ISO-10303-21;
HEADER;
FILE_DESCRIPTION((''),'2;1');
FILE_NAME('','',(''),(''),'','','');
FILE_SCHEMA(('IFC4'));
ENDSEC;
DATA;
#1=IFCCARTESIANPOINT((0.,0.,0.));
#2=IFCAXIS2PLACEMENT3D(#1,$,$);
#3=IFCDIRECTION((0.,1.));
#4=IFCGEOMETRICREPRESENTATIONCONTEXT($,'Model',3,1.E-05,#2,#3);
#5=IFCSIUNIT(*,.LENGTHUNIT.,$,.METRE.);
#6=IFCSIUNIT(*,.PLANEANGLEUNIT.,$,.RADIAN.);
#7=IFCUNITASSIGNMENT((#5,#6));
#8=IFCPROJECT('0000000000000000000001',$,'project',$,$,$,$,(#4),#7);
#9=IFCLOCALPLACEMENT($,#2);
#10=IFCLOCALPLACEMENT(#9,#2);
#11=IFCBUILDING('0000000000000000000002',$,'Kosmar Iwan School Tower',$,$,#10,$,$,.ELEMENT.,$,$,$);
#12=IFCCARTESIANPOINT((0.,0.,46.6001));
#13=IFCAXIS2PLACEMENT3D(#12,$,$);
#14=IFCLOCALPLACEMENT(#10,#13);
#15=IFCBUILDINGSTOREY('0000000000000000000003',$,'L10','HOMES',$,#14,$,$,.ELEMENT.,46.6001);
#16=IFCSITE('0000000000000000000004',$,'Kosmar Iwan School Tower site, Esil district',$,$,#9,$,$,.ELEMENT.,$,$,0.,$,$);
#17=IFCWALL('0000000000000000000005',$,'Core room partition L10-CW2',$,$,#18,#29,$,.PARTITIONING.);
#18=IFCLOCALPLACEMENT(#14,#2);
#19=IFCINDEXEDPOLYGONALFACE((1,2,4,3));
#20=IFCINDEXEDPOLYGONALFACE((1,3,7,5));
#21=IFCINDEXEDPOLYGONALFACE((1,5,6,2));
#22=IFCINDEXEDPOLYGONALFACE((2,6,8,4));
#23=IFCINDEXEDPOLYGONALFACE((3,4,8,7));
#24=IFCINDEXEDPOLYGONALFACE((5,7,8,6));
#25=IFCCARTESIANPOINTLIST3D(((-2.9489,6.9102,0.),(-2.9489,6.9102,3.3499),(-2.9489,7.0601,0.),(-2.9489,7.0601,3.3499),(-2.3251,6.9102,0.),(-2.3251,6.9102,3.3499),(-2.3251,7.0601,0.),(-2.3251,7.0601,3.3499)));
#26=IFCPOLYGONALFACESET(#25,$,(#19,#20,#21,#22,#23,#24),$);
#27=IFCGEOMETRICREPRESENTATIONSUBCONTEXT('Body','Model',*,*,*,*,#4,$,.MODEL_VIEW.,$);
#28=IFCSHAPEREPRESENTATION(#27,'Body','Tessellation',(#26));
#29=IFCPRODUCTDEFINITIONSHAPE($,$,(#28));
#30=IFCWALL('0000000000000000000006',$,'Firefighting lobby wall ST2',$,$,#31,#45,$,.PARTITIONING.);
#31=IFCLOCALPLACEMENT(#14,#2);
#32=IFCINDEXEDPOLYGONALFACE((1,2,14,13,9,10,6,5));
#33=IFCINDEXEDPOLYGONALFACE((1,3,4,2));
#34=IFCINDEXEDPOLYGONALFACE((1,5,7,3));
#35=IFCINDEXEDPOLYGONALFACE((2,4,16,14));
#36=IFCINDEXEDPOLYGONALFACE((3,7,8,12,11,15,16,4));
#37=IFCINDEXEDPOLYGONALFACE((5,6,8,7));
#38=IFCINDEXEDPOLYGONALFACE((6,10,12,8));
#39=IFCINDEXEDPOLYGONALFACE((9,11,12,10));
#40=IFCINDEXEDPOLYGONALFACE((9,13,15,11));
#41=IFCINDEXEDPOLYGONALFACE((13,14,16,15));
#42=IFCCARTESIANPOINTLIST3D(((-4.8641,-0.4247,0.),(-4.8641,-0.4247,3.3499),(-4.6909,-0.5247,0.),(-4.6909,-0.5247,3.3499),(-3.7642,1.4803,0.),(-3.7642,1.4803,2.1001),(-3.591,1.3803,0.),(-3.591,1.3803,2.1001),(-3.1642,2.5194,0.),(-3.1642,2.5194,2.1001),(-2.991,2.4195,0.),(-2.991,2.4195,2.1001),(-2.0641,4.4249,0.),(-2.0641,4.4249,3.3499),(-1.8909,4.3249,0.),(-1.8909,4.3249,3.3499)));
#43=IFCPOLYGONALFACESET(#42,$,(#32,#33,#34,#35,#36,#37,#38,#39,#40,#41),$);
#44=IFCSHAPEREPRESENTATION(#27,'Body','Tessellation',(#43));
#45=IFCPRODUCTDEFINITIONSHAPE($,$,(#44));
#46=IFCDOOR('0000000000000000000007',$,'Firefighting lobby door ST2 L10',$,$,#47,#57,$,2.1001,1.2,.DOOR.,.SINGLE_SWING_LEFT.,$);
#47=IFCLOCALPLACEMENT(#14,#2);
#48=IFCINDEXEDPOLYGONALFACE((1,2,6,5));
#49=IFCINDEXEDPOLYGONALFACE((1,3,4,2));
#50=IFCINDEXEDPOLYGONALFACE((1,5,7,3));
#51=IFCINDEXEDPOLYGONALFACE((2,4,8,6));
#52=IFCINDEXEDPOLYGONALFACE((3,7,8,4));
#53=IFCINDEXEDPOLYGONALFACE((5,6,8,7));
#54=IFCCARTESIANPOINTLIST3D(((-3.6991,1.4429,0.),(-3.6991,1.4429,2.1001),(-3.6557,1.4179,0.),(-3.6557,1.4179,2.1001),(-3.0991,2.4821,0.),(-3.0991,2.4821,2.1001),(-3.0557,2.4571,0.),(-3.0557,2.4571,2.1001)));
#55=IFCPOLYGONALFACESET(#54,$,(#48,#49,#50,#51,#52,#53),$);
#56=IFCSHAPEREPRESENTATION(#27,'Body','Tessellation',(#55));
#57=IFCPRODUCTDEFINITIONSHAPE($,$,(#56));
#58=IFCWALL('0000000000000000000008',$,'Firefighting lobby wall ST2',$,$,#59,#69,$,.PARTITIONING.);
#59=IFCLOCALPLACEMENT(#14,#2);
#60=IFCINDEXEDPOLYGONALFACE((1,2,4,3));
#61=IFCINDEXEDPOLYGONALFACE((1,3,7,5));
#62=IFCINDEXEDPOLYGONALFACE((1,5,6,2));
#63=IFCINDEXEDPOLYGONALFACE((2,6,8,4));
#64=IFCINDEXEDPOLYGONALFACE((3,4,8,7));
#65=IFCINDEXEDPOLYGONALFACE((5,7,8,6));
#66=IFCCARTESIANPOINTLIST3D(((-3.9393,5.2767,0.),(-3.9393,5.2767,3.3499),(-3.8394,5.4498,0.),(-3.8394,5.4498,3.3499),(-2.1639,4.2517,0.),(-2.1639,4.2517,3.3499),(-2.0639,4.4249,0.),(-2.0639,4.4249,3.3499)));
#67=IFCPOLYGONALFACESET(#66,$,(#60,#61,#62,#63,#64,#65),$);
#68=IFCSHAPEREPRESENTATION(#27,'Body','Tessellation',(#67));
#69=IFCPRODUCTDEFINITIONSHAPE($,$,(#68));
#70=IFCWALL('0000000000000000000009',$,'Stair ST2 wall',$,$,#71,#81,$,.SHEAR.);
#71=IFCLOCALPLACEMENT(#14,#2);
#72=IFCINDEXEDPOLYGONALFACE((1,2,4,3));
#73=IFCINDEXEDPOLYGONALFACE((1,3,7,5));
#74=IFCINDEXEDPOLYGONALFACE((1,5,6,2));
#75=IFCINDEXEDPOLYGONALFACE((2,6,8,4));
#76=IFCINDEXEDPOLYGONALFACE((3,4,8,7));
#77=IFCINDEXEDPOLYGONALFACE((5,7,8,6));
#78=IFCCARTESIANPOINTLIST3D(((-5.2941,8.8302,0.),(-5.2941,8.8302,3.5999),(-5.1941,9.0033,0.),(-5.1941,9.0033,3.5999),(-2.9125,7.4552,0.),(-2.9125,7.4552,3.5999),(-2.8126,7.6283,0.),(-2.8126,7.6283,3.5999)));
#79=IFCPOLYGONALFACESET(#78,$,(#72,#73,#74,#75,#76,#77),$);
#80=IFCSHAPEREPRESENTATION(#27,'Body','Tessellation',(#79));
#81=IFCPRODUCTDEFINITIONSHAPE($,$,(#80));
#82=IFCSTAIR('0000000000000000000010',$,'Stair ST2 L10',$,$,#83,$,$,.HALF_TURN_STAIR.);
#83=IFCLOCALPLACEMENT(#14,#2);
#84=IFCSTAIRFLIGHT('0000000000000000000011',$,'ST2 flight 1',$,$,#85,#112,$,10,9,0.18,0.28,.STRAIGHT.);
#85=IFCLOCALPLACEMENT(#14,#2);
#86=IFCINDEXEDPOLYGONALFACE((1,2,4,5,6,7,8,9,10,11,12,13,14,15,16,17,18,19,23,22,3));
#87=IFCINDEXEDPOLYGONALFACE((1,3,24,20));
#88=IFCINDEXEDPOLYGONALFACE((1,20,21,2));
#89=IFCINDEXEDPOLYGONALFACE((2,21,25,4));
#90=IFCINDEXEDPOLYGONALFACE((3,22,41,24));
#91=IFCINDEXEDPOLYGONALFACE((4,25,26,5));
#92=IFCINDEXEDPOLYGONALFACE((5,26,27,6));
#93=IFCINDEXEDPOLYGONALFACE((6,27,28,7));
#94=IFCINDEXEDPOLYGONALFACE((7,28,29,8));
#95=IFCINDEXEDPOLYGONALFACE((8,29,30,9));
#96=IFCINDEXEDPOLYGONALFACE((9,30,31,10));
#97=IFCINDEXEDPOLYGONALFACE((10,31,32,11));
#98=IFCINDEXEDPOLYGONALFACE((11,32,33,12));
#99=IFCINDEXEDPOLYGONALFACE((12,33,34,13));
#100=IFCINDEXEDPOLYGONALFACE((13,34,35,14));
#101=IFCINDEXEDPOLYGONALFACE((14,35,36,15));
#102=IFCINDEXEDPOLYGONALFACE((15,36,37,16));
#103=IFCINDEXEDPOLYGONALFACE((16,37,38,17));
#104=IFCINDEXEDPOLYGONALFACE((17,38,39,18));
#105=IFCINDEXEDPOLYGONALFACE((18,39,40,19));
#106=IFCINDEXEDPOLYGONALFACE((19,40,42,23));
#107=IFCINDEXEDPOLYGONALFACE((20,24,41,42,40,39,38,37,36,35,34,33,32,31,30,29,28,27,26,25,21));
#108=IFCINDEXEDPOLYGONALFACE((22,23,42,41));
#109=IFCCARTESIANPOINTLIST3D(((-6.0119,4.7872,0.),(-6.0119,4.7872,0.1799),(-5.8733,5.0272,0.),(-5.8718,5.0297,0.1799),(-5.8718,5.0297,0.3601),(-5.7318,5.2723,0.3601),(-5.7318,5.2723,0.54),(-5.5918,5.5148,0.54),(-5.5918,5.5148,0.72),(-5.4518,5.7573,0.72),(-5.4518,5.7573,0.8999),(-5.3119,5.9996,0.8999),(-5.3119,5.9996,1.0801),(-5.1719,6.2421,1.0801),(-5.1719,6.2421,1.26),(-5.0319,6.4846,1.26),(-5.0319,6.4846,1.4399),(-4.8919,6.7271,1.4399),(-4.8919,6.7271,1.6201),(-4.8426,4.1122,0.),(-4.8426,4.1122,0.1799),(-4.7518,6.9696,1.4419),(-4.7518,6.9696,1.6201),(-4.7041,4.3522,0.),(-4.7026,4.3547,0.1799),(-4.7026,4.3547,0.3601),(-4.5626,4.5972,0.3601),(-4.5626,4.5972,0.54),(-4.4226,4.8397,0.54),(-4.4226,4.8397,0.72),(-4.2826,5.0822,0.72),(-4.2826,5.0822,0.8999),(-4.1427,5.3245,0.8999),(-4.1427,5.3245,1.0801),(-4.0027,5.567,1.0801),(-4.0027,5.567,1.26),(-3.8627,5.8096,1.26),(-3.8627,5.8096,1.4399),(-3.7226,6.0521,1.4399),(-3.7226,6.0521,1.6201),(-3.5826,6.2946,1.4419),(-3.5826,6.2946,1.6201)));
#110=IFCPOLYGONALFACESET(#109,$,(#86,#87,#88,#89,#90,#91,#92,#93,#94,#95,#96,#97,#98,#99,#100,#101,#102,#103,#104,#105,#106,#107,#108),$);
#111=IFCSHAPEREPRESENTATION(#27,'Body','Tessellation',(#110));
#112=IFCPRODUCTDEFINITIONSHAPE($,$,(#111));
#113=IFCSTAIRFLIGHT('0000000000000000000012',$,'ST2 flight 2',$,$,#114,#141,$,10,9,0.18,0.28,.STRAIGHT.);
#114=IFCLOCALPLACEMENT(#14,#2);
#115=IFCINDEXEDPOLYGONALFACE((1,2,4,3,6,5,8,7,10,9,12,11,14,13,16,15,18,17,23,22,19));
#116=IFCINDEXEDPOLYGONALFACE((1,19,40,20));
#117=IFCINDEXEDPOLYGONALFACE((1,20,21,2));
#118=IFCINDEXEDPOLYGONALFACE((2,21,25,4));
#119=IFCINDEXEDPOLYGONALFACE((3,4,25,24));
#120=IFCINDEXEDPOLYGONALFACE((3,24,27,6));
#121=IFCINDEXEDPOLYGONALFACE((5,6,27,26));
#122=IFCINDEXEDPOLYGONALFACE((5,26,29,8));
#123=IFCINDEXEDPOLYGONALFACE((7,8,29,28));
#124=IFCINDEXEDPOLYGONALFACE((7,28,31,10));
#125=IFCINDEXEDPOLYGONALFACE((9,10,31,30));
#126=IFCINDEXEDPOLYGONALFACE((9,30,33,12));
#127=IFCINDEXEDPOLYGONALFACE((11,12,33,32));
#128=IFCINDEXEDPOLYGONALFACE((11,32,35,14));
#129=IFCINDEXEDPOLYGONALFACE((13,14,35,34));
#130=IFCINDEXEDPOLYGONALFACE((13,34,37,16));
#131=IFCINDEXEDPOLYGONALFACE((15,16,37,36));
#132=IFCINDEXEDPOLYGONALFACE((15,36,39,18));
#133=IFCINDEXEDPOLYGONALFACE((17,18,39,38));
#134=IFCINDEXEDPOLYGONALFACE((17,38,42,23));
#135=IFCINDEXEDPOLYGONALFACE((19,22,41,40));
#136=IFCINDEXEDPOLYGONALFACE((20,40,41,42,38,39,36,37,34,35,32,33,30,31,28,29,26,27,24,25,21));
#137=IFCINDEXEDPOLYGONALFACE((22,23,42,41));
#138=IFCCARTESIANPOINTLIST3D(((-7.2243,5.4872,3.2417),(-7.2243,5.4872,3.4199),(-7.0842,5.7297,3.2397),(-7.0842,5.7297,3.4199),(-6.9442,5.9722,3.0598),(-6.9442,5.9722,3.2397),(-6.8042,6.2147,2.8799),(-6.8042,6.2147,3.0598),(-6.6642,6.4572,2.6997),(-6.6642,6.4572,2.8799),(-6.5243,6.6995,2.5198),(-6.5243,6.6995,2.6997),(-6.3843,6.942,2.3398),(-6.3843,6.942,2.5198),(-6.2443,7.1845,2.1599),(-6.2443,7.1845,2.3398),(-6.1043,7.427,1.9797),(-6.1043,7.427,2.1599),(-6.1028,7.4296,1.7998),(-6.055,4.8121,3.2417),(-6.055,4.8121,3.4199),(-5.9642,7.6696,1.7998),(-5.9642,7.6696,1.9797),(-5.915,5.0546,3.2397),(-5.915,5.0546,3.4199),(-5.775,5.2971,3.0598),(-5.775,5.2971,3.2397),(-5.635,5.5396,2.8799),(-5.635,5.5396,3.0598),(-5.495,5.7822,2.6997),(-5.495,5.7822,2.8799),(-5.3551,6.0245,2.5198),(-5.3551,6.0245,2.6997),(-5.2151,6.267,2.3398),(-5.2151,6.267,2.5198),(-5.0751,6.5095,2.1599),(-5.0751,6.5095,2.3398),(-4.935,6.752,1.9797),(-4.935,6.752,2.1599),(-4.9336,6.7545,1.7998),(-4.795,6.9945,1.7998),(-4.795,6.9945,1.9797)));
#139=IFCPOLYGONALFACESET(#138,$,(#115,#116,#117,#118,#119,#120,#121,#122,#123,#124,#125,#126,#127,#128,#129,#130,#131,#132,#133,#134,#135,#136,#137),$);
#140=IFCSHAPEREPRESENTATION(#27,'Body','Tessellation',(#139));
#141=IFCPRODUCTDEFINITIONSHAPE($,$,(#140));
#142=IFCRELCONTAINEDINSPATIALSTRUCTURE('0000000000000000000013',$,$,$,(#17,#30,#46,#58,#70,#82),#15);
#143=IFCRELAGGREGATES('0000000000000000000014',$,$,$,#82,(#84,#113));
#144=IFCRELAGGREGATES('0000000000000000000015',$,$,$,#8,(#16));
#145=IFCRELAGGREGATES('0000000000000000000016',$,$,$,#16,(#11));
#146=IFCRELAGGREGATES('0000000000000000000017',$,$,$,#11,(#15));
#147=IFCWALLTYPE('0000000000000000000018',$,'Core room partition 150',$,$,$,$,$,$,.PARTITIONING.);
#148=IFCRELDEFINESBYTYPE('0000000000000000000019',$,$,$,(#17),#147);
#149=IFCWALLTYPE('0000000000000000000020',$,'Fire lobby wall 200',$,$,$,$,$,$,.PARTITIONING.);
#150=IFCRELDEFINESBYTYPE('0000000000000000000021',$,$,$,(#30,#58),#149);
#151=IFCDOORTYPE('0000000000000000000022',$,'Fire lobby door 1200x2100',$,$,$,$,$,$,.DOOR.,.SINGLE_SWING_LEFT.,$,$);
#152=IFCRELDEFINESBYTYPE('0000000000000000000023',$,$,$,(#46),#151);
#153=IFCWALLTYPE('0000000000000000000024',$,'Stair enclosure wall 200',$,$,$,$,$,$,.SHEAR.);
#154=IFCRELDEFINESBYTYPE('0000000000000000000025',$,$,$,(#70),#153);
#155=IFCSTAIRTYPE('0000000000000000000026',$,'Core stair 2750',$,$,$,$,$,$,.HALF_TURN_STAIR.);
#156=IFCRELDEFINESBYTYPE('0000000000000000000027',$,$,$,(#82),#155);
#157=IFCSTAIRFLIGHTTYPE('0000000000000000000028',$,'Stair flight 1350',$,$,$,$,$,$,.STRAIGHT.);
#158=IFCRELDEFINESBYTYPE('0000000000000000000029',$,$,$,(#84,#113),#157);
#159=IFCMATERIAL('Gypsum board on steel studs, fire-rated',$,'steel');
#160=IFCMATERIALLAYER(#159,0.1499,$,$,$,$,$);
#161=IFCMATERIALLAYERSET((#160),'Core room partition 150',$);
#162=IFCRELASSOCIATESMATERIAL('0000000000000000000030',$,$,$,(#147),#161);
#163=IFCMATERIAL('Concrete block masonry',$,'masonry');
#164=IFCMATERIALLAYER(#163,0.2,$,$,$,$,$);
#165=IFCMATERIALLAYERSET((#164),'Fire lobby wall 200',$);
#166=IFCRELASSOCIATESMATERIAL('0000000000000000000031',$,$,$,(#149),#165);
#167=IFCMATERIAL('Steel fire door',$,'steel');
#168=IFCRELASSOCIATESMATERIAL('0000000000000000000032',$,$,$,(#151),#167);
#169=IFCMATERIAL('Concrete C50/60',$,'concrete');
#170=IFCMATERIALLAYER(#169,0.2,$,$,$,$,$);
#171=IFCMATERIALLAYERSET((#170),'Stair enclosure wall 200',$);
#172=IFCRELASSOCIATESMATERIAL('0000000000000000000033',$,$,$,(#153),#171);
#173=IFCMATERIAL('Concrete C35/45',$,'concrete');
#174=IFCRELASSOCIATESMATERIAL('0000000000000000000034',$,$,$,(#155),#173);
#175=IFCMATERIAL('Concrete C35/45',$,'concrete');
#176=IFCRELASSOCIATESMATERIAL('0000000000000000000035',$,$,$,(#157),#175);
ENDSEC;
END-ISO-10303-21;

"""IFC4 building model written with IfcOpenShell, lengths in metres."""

from ifc_helpers import new_model, si_unit, direction, frame, frame_2d, origin, place, context, subcontext, project, spatial, polyline, rectangle, outline, extrude, material, layer, layer_set, type_object, element, fill, aggregate, save


model = new_model("IFC4")

# Units and contexts
model_context = context("Model", 3, precision=1e-05, world=origin(), true_north=direction((0.0, 1.0)))
body_context = subcontext(model_context, "Body", "Model", "MODEL_VIEW")
ifc_project = project(units=[si_unit("LENGTHUNIT", "METRE"), si_unit("PLANEANGLEUNIT", "RADIAN")], contexts=[model_context])

# Site, building, storey
site_placement = place(None, origin())
site = spatial("IfcSite", under=ifc_project, at=site_placement, Name="Kosmar Iwan School Tower site, Esil district", CompositionType="ELEMENT", RefElevation=0.0)
building_placement = place(site_placement, origin())
building = spatial("IfcBuilding", under=site, at=building_placement, Name="Kosmar Iwan School Tower", CompositionType="ELEMENT")
storey_placement = place(building_placement, frame((0.0, 0.0, 46.6001)))
storey = spatial("IfcBuildingStorey", under=building, at=storey_placement, Name="L10", Description="HOMES", CompositionType="ELEMENT", Elevation=46.6001)

# Wall
ifc_material_1 = material(Name="Gypsum board on steel studs, fire-rated", Category="steel")
ifc_layer_1 = layer(ifc_material_1, 0.1499)
ifc_layer_set_1 = layer_set([ifc_layer_1], Name="Core room partition 150")
wall_type_1 = type_object("IfcWallType", Name="Core room partition 150", PredefinedType="PARTITIONING", material=ifc_layer_set_1)
wall_1_placement = place(storey_placement, frame((-2.325, 6.9851, 0.0), z_axis=(0.0, 0.0, 1.0), x_axis=(-1.0, 0.0, 0.0)))
element("IfcWall", 1, at=wall_1_placement, inside=storey, type_object=wall_type_1, Name="Core room partition L10-CW2", PredefinedType="PARTITIONING", context=body_context, shape_type="SweptSolid", body=[
    extrude(rectangle(XDim=0.6238, YDim=0.1499, at=frame_2d((0.312, 0.0))), origin(), (0.0, 0.0, 1.0), 3.3499),
])

# Wall, opening, door
ifc_material_2 = material(Name="Concrete block masonry", Category="masonry")
ifc_layer_2 = layer(ifc_material_2, 0.2)
ifc_layer_set_2 = layer_set([ifc_layer_2], Name="Fire lobby wall 200")
wall_type_2 = type_object("IfcWallType", Name="Fire lobby wall 200", PredefinedType="PARTITIONING", material=ifc_layer_set_2)
wall_2_placement = place(storey_placement, frame((-1.9775, 4.3748, 0.0), z_axis=(0.0, 0.0, 1.0), x_axis=(-0.500017, -0.866016, 0.0)))
wall_2 = element("IfcWall", 2, at=wall_2_placement, inside=storey, type_object=wall_type_2, Name="Firefighting lobby wall ST2", PredefinedType="PARTITIONING", context=body_context, shape_type="SweptSolid", body=[
    extrude(rectangle(XDim=5.5999, YDim=0.2, at=frame_2d((2.7998, 0.0))), origin(), (0.0, 0.0, 1.0), 3.3499),
])
opening_placement = place(wall_2_placement, frame((2.2, 0.0, 0.0)))
opening = element("IfcOpeningElement", 3, at=opening_placement, cuts=wall_2, PredefinedType="OPENING", context=body_context, shape_type="SweptSolid", body=[
    extrude(rectangle(XDim=1.2, YDim=2.1001, at=frame_2d((0.6001, 1.05))), frame((0.0, 0.1121, 0.0), z_axis=(0.0, -1.0, 0.0), x_axis=(1.0, 0.0, 0.0)), (0.0, 0.0, 1.0), 0.2239),
])
ifc_material_3 = material(Name="Steel fire door", Category="steel")
door_type = type_object("IfcDoorType", Name="Fire lobby door 1200x2100", OperationType="SINGLE_SWING_LEFT", PredefinedType="DOOR", material=ifc_material_3)
door_placement = place(opening_placement, frame((1.2, 0.0, 0.0), z_axis=(0.0, 0.0, 1.0), x_axis=(-1.0, 0.0, 0.0)))
door = element("IfcDoor", 4, at=door_placement, inside=storey, type_object=door_type, Name="Firefighting lobby door ST2 L10", OperationType="SINGLE_SWING_LEFT", OverallHeight=2.1001, OverallWidth=1.2, PredefinedType="DOOR", context=body_context, shape_type="SweptSolid", body=[
    extrude(rectangle(XDim=1.2, YDim=2.1001, at=frame_2d((0.6001, 1.05))), frame((0.0, 0.0249, 0.0), z_axis=(0.0, -1.0, 0.0), x_axis=(1.0, 0.0, 0.0)), (0.0, 0.0, 1.0), 0.05),
])
fill(opening, door)

# Walls
wall_3_placement = place(storey_placement, frame((-2.114, 4.3384, 0.0), z_axis=(0.0, 0.0, 1.0), x_axis=(-0.866051, 0.499956, 0.0)))
element("IfcWall", 5, at=wall_3_placement, inside=storey, type_object=wall_type_2, Name="Firefighting lobby wall ST2", PredefinedType="PARTITIONING", context=body_context, shape_type="SweptSolid", body=[
    extrude(rectangle(XDim=2.05, YDim=0.2, at=frame_2d((1.0249, 0.0))), origin(), (0.0, 0.0, 1.0), 3.3499),
])
ifc_material_4 = material(Name="Concrete C50/60", Category="concrete")
ifc_layer_3 = layer(ifc_material_4, 0.2)
ifc_layer_set_3 = layer_set([ifc_layer_3], Name="Stair enclosure wall 200")
wall_type_3 = type_object("IfcWallType", Name="Stair enclosure wall 200", PredefinedType="SHEAR", material=ifc_layer_set_3)
wall_4_placement = place(storey_placement, frame((-2.8625, 7.5417, 0.0), z_axis=(0.0, 0.0, 1.0), x_axis=(-0.866027, 0.499997, 0.0)))
element("IfcWall", 6, at=wall_4_placement, inside=storey, type_object=wall_type_3, Name="Stair ST2 wall", PredefinedType="SHEAR", context=body_context, shape_type="SweptSolid", body=[
    extrude(rectangle(XDim=2.75, YDim=0.2, at=frame_2d((1.375, 0.0))), origin(), (0.0, 0.0, 1.0), 3.5999),
])

# Stair, stair flights
ifc_material_5 = material(Name="Concrete C35/45", Category="concrete")
stair_type = type_object("IfcStairType", Name="Core stair 2750", PredefinedType="HALF_TURN_STAIR", material=ifc_material_5)
stair_placement = place(storey_placement, origin())
stair = element("IfcStair", 7, at=stair_placement, inside=storey, type_object=stair_type, Name="Stair ST2 L10", PredefinedType="HALF_TURN_STAIR")
ifc_material_6 = material(Name="Concrete C35/45", Category="concrete")
stair_flight_type = type_object("IfcStairFlightType", Name="Stair flight 1350", PredefinedType="STRAIGHT", material=ifc_material_6)
stair_flight_1_placement = place(storey_placement, frame((-5.4272, 4.4497, 0.0), z_axis=(0.0, 0.0, 1.0), x_axis=(0.5, 0.866025, 0.0)))
stair_flight_1 = element("IfcStairFlight", 8, at=stair_flight_1_placement, type_object=stair_flight_type, Name="ST2 flight 1", NumberOfRisers=10, NumberOfTreads=9, PredefinedType="STRAIGHT", RiserHeight=0.18, TreadLength=0.28, context=body_context, shape_type="SweptSolid", body=[
    extrude(outline(polyline([(0.0, 0.0), (0.0, 0.1799), (0.28, 0.1799), (0.28, 0.3601), (0.5601, 0.3601), (0.5601, 0.54), (0.8401, 0.54), (0.8401, 0.72), (1.1201, 0.72), (1.1201, 0.8999), (1.3999, 0.8999), (1.3999, 1.0801), (1.6799, 1.0801), (1.6799, 1.26), (1.96, 1.26), (1.96, 1.4399), (2.24, 1.4399), (2.24, 1.6201), (2.52, 1.6201), (2.52, 1.8), (2.52, 1.4419), (0.2771, 0.0), (0.0, 0.0)])), frame((0.0, 0.675, 0.0), z_axis=(0.0, -1.0, 0.0), x_axis=(1.0, 0.0, 0.0)), (0.0, 0.0, 1.0), 1.3501),
])
stair_flight_2_placement = place(storey_placement, frame((-5.3796, 7.332, 1.7998), z_axis=(0.0, 0.0, 1.0), x_axis=(-0.5, -0.866025, 0.0)))
stair_flight_2 = element("IfcStairFlight", 9, at=stair_flight_2_placement, type_object=stair_flight_type, Name="ST2 flight 2", NumberOfRisers=10, NumberOfTreads=9, PredefinedType="STRAIGHT", RiserHeight=0.18, TreadLength=0.28, context=body_context, shape_type="SweptSolid", body=[
    extrude(outline(polyline([(0.0, 0.0), (0.0, 0.1799), (0.28, 0.1799), (0.28, 0.3601), (0.5601, 0.3601), (0.5601, 0.54), (0.8401, 0.54), (0.8401, 0.72), (1.1201, 0.72), (1.1201, 0.8999), (1.3999, 0.8999), (1.3999, 1.0801), (1.6799, 1.0801), (1.6799, 1.26), (1.96, 1.26), (1.96, 1.4399), (2.24, 1.4399), (2.24, 1.6201), (2.52, 1.6201), (2.52, 1.8), (2.52, 1.4419), (0.2771, 0.0), (0.0, 0.0)])), frame((0.0, 0.675, 0.0), z_axis=(0.0, -1.0, 0.0), x_axis=(1.0, 0.0, 0.0)), (0.0, 0.0, 1.0), 1.3501),
])
aggregate(stair, [stair_flight_1, stair_flight_2])

save(model, "model.ifc")
